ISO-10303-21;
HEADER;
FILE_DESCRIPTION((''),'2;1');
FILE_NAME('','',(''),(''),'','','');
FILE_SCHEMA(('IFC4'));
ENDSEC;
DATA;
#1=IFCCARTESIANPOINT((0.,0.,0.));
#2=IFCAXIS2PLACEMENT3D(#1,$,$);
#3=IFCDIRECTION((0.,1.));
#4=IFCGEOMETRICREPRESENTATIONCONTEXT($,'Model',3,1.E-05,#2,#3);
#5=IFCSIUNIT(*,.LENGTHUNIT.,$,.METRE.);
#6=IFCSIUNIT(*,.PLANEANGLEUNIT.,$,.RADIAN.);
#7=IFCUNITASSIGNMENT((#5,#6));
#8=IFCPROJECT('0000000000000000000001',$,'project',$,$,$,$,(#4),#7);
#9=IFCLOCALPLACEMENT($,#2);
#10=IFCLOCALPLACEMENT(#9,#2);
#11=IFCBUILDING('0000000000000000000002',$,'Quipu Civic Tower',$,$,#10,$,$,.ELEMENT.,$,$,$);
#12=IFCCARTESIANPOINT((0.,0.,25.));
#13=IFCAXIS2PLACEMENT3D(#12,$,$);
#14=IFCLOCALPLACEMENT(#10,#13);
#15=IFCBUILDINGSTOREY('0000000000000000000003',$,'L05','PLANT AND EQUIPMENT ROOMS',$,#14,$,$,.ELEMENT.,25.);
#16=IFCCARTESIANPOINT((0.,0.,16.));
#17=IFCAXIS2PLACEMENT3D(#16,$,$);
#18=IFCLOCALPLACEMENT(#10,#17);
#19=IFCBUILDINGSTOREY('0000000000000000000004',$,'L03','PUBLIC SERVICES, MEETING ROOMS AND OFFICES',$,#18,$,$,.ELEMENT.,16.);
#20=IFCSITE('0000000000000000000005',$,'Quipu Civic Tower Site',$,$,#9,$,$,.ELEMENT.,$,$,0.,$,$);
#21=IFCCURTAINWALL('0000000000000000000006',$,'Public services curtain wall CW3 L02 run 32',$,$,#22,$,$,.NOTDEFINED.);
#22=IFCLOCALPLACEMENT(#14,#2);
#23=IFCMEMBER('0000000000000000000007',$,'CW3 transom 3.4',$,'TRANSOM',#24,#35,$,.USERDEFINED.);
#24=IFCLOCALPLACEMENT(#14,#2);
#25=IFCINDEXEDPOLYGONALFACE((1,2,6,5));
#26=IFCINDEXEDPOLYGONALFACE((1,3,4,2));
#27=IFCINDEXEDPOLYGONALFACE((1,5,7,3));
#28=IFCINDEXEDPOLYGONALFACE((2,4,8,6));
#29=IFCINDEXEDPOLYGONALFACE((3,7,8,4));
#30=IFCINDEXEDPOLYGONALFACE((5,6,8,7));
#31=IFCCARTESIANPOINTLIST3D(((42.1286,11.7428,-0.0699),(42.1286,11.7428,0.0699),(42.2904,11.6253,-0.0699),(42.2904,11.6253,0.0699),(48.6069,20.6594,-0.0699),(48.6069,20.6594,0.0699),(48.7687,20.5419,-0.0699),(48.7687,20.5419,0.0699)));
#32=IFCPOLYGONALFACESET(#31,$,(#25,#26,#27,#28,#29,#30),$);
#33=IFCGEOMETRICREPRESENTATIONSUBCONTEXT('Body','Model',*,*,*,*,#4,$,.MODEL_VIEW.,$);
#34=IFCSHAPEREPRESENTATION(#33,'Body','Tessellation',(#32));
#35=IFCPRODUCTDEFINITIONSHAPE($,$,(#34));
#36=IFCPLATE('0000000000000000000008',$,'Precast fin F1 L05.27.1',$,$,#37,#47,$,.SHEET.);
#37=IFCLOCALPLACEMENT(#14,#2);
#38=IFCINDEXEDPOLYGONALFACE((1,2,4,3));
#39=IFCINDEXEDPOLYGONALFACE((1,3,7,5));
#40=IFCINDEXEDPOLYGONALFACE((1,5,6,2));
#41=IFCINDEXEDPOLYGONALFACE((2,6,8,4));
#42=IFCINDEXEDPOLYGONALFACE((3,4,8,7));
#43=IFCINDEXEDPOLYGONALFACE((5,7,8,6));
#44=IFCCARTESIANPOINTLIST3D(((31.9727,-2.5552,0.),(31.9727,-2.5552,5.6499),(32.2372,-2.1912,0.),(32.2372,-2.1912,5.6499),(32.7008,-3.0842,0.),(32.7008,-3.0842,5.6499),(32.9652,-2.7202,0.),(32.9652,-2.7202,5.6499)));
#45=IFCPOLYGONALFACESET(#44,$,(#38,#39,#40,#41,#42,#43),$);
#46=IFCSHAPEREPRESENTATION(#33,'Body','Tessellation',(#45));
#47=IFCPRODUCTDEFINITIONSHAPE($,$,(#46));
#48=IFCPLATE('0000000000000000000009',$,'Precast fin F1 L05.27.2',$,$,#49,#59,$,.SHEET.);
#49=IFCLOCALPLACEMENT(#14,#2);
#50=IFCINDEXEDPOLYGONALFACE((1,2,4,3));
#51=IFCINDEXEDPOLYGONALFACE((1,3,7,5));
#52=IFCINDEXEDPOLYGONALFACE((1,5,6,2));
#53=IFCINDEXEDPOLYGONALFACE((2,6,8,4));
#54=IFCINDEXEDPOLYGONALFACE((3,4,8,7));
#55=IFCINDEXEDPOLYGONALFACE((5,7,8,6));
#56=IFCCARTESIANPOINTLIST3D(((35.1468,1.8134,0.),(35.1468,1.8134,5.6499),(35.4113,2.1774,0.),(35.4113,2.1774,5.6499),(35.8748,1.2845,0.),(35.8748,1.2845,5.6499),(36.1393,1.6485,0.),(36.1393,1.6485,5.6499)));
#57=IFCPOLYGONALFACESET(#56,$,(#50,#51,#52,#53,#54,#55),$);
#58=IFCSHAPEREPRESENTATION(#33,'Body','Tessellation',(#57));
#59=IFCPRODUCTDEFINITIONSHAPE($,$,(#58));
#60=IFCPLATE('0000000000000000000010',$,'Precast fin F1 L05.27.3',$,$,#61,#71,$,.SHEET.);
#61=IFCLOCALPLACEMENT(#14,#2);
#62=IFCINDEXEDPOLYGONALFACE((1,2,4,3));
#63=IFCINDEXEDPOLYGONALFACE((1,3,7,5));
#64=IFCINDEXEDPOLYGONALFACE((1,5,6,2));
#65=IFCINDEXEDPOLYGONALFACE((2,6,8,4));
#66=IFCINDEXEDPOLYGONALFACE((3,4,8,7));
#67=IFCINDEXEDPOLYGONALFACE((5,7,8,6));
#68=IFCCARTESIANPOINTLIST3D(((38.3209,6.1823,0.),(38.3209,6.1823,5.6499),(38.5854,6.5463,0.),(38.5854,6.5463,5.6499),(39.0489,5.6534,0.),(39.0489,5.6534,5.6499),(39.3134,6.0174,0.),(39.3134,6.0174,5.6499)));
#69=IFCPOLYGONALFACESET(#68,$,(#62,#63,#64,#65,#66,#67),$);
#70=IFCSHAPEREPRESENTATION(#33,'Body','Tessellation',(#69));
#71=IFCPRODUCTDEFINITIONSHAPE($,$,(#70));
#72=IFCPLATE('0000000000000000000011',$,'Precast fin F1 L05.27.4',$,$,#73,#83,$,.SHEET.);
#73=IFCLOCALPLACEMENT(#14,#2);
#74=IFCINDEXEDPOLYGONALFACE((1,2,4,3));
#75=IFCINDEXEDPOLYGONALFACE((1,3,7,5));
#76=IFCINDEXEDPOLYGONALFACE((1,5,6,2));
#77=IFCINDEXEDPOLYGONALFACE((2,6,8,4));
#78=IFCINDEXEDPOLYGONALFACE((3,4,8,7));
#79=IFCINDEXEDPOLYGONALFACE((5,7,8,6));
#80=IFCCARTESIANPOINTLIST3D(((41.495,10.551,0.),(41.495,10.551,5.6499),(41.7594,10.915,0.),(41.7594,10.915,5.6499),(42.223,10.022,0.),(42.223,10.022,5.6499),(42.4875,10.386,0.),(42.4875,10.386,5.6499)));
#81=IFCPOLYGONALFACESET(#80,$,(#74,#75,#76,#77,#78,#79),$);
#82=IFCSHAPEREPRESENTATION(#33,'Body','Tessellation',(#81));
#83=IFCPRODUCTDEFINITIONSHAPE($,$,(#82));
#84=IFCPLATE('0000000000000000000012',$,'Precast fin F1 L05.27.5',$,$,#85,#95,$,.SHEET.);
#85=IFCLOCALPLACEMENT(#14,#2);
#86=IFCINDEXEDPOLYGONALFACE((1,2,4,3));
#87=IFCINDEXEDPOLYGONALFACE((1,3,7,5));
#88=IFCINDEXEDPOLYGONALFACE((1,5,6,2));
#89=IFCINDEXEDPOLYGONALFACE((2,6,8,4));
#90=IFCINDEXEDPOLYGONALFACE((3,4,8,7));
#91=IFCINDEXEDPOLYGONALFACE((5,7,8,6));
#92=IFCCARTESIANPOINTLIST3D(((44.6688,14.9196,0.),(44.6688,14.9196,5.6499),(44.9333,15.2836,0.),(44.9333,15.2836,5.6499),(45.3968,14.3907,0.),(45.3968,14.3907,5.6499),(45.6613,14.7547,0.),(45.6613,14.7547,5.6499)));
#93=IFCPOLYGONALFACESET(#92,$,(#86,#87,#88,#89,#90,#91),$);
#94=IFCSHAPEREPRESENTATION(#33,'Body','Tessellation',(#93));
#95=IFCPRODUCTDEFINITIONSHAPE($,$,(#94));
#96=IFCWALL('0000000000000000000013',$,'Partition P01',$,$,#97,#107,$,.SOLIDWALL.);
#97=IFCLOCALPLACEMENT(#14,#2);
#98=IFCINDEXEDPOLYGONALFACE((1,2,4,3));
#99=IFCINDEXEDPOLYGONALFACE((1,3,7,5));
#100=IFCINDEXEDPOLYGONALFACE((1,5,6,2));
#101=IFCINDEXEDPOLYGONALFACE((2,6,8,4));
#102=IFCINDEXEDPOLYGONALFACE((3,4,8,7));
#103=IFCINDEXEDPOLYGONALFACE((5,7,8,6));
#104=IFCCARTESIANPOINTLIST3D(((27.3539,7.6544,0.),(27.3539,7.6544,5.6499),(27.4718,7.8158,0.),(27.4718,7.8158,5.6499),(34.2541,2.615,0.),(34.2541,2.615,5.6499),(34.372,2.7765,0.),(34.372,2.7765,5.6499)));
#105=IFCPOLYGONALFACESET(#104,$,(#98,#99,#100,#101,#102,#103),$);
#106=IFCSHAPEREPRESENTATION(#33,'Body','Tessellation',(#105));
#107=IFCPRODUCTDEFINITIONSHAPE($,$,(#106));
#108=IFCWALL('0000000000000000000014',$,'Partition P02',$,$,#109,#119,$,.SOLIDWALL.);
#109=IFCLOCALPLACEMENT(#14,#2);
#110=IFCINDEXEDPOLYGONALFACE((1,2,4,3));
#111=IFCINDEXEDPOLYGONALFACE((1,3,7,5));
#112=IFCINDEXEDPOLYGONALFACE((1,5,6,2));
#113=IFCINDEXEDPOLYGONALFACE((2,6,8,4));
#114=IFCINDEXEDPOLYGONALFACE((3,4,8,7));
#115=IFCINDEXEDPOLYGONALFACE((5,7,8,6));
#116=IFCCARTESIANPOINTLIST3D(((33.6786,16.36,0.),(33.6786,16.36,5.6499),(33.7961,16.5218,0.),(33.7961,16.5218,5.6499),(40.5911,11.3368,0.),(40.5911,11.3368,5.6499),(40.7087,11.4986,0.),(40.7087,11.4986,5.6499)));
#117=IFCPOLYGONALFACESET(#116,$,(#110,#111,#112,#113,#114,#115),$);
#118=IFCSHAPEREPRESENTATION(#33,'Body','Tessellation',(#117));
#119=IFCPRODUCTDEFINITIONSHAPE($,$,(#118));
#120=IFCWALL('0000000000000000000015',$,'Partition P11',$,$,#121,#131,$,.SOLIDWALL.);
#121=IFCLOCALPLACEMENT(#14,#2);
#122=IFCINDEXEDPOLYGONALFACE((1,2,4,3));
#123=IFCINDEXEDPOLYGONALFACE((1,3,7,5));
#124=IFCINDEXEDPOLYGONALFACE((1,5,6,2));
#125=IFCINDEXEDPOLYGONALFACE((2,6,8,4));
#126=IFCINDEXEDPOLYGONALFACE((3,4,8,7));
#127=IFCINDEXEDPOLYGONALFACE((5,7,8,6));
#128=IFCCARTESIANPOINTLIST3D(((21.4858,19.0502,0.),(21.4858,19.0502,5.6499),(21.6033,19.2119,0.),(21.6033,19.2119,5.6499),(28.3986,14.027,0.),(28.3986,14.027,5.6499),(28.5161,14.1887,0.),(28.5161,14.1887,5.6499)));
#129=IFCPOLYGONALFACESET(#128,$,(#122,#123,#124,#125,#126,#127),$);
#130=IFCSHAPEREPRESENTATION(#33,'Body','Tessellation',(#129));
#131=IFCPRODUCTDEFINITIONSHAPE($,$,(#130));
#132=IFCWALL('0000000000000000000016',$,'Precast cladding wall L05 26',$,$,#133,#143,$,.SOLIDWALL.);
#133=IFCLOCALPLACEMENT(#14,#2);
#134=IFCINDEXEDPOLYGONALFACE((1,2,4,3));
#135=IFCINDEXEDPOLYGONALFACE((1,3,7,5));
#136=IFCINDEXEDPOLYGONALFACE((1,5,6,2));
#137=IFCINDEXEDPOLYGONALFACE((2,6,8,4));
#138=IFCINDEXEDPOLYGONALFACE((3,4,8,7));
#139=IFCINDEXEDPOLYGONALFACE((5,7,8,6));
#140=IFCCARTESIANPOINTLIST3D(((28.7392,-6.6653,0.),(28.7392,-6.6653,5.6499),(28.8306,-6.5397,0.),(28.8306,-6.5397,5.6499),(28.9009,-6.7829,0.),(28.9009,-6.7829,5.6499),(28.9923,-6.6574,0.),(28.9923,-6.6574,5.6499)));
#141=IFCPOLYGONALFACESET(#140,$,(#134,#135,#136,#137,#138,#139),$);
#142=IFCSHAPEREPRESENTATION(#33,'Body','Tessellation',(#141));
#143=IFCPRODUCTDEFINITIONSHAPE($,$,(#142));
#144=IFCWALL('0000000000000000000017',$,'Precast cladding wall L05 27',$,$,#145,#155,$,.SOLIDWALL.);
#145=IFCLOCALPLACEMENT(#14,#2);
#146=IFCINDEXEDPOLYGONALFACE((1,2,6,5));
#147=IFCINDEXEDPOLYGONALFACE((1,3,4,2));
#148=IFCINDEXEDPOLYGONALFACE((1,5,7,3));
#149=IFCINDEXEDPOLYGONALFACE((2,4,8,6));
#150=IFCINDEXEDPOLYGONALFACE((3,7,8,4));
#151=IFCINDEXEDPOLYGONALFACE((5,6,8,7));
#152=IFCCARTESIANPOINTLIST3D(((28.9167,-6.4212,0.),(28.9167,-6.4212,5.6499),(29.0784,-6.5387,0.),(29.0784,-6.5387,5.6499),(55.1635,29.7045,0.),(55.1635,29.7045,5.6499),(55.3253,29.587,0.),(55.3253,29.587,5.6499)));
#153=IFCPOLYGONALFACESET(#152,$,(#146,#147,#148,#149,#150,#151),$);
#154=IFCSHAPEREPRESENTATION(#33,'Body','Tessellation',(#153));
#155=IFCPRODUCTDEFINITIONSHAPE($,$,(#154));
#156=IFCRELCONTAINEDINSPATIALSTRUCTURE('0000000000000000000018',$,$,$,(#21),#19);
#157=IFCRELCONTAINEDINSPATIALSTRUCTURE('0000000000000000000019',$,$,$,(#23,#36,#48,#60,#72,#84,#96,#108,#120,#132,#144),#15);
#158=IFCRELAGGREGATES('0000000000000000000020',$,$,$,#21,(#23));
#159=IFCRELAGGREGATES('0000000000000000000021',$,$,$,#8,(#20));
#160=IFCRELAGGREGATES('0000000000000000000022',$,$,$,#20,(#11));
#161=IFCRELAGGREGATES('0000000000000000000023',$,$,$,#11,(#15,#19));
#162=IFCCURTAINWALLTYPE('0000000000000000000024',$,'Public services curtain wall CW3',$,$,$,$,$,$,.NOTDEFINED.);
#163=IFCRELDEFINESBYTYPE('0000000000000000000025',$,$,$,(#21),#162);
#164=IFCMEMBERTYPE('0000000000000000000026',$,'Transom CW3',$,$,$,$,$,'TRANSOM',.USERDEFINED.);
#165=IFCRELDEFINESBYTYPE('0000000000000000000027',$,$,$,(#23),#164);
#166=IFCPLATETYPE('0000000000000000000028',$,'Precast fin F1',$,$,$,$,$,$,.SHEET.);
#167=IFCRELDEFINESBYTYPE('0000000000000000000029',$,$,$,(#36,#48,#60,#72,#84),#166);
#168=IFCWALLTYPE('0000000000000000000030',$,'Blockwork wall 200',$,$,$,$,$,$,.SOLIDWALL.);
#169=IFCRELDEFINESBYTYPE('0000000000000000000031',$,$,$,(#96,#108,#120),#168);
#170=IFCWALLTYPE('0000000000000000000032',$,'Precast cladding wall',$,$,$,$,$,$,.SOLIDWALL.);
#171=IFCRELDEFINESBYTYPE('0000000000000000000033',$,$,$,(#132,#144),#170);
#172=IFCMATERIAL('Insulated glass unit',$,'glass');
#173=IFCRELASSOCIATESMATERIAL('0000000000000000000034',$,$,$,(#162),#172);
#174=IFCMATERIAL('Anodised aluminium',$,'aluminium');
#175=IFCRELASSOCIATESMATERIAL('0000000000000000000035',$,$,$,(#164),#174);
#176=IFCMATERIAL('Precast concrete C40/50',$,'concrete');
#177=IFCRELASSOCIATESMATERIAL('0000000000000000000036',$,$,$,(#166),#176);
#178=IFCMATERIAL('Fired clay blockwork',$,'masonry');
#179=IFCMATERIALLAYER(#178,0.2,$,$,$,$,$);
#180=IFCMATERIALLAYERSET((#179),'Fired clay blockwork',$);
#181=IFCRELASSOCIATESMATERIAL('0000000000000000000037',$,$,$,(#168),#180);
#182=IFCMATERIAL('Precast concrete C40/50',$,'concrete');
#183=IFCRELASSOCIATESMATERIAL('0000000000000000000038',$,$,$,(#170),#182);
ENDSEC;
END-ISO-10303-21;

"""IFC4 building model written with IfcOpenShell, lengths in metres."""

from ifc_helpers import new_model, si_unit, direction, frame, frame_2d, origin, origin_2d, place, context, subcontext, project, spatial, rectangle, extrude, material, layer, layer_set, material_profile, profile_set, type_object, element, aggregate, save


model = new_model("IFC4")

# Units and contexts
model_context = context("Model", 3, precision=1e-05, world=origin(), true_north=direction((0.0, 1.0)))
body_context = subcontext(model_context, "Body", "Model", "MODEL_VIEW")
ifc_project = project(units=[si_unit("LENGTHUNIT", "METRE"), si_unit("PLANEANGLEUNIT", "RADIAN")], contexts=[model_context])

# Site, building, storey
site_placement = place(None, origin())
site = spatial("IfcSite", under=ifc_project, at=site_placement, Name="Quipu Civic Tower Site", CompositionType="ELEMENT", RefElevation=0.0)
building_placement = place(site_placement, origin())
building = spatial("IfcBuilding", under=site, at=building_placement, Name="Quipu Civic Tower", CompositionType="ELEMENT")
storey_1_placement = place(building_placement, frame((0.0, 0.0, 25.0)))
storey_1 = spatial("IfcBuildingStorey", under=building, at=storey_1_placement, Name="L05", Description="PLANT AND EQUIPMENT ROOMS", CompositionType="ELEMENT", Elevation=25.0)

# Shared definitions
storey_2_placement = place(building_placement, frame((0.0, 0.0, 16.0)))
storey_2 = spatial("IfcBuildingStorey", under=building, at=storey_2_placement, Name="L03", Description="PUBLIC SERVICES, MEETING ROOMS AND OFFICES", CompositionType="ELEMENT", Elevation=16.0)

# Curtain wall, member
ifc_material_1 = material(Name="Insulated glass unit", Category="glass")
curtain_wall_type = type_object("IfcCurtainWallType", Name="Public services curtain wall CW3", PredefinedType="NOTDEFINED", material=ifc_material_1)
curtain_wall_placement = place(storey_2_placement, origin())
curtain_wall = element("IfcCurtainWall", 1, at=curtain_wall_placement, inside=storey_2, type_object=curtain_wall_type, Name="Public services curtain wall CW3 L02 run 32", PredefinedType="NOTDEFINED")
ifc_material_2 = material(Name="Anodised aluminium", Category="aluminium")
ifc_material_profile_1 = material_profile(ifc_material_2, rectangle(XDim=0.2, YDim=0.1399, at=origin_2d()), Name="RECT 200x140")
ifc_profile_set_1 = profile_set([ifc_material_profile_1], Name="Anodised aluminium")
member_type_1 = type_object("IfcMemberType", Name="Transom CW3", ElementType="TRANSOM", PredefinedType="USERDEFINED", material=ifc_profile_set_1)
member_1_placement = place(storey_1_placement, frame((42.2095, 11.6841, 0.0), z_axis=(0.587788, 0.809015, 0.0), x_axis=(-0.809015, 0.587788, 0.0)))
member_1 = element("IfcMember", 2, at=member_1_placement, inside=storey_1, type_object=member_type_1, Name="CW3 transom 3.4", ObjectType="TRANSOM", PredefinedType="USERDEFINED", context=body_context, shape_type="SweptSolid", body=[
    extrude(rectangle(XDim=0.2, YDim=0.1399, at=origin_2d()), origin(), (0.0, 0.0, 1.0), 11.0215),
])
aggregate(curtain_wall, [member_1])

# Plates
ifc_material_3 = material(Name="Precast concrete C40/50", Category="concrete")
plate_type = type_object("IfcPlateType", Name="Precast fin F1", PredefinedType="SHEET", material=ifc_material_3)
for number, where, z_axis, x_axis, name in (
    (3, (32.469, -2.6377, 0.0), (0.0, 0.0, 1.0), (0.587786, 0.809017, 0.0), "Precast fin F1 L05.27.1"),
    (4, (35.6431, 1.731, 0.0), (0.0, 0.0, 1.0), (0.587786, 0.809017, 0.0), "Precast fin F1 L05.27.2"),
    (5, (38.8171, 6.0999, 0.0), (0.0, 0.0, 1.0), (0.587786, 0.809017, 0.0), "Precast fin F1 L05.27.3"),
    (6, (41.9912, 10.4685, 0.0), (0.0, 0.0, 1.0), (0.587786, 0.809017, 0.0), "Precast fin F1 L05.27.4"),
    (7, (45.165, 14.8372, 0.0), (0.0, 0.0, 1.0), (0.587786, 0.809017, 0.0), "Precast fin F1 L05.27.5"),
):
    element("IfcPlate", number, at=place(storey_1_placement, frame(where, z_axis=z_axis, x_axis=x_axis)), inside=storey_1, type_object=plate_type, Name=name, PredefinedType="SHEET", context=body_context, shape_type="SweptSolid", body=[
        extrude(rectangle(XDim=0.45, YDim=0.8999, at=origin_2d()), origin(), (0.0, 0.0, 1.0), 5.6499),
    ])

# Walls
ifc_material_4 = material(Name="Fired clay blockwork", Category="masonry")
ifc_layer = layer(ifc_material_4, 0.2)
ifc_layer_set = layer_set([ifc_layer], Name="Fired clay blockwork")
wall_type_1 = type_object("IfcWallType", Name="Blockwork wall 200", PredefinedType="SOLIDWALL", material=ifc_layer_set)
wall_1_placement = place(storey_1_placement, frame((27.4128, 7.7351, 0.0), z_axis=(0.0, 0.0, 1.0), x_axis=(0.807564, -0.589779, 0.0)))
element("IfcWall", 8, at=wall_1_placement, inside=storey_1, type_object=wall_type_1, Name="Partition P01", PredefinedType="SOLIDWALL", context=body_context, shape_type="SweptSolid", body=[
    extrude(rectangle(XDim=8.5444, YDim=0.2, at=frame_2d((4.2722, 0.0))), origin(), (0.0, 0.0, 1.0), 5.6499),
])
wall_2_placement = place(storey_1_placement, frame((40.6499, 11.4177, 0.0), z_axis=(0.0, 0.0, 1.0), x_axis=(-0.808967, 0.587854, 0.0)))
element("IfcWall", 9, at=wall_2_placement, inside=storey_1, type_object=wall_type_1, Name="Partition P02", PredefinedType="SOLIDWALL", context=body_context, shape_type="SweptSolid", body=[
    extrude(rectangle(XDim=8.5449, YDim=0.2, at=frame_2d((4.2725, 0.0))), origin(), (0.0, 0.0, 1.0), 5.6499),
])
wall_3_placement = place(storey_1_placement, frame((28.4573, 14.1079, 0.0), z_axis=(0.0, 0.0, 1.0), x_axis=(-0.808977, 0.58784, 0.0)))
element("IfcWall", 10, at=wall_3_placement, inside=storey_1, type_object=wall_type_1, Name="Partition P11", PredefinedType="SOLIDWALL", context=body_context, shape_type="SweptSolid", body=[
    extrude(rectangle(XDim=8.5452, YDim=0.2, at=frame_2d((4.2725, 0.0))), origin(), (0.0, 0.0, 1.0), 5.6499),
])
ifc_material_5 = material(Name="Precast concrete C40/50", Category="concrete")
wall_type_2 = type_object("IfcWallType", Name="Precast cladding wall", PredefinedType="SOLIDWALL", material=ifc_material_5)
wall_4_placement = place(storey_1_placement, frame((28.8201, -6.7241, 0.0), z_axis=(0.0, 0.0, 1.0), x_axis=(0.588359, 0.8086, 0.0)))
element("IfcWall", 11, at=wall_4_placement, inside=storey_1, type_object=wall_type_2, Name="Precast cladding wall L05 26", PredefinedType="SOLIDWALL", context=body_context, shape_type="SweptSolid", body=[
    extrude(rectangle(XDim=0.1553, YDim=0.2, at=frame_2d((0.0776, 0.0))), origin(), (0.0, 0.0, 1.0), 5.6499),
])
wall_5_placement = place(storey_1_placement, frame((28.9976, -6.48, 0.0), z_axis=(0.0, 0.0, 1.0), x_axis=(0.587784, 0.809018, 0.0)))
element("IfcWall", 12, at=wall_5_placement, inside=storey_1, type_object=wall_type_2, Name="Precast cladding wall L05 27", PredefinedType="SOLIDWALL", context=body_context, shape_type="SweptSolid", body=[
    extrude(rectangle(XDim=44.6538, YDim=0.2, at=frame_2d((22.3269, 0.0))), origin(), (0.0, 0.0, 1.0), 5.6499),
])

save(model, "model.ifc")
